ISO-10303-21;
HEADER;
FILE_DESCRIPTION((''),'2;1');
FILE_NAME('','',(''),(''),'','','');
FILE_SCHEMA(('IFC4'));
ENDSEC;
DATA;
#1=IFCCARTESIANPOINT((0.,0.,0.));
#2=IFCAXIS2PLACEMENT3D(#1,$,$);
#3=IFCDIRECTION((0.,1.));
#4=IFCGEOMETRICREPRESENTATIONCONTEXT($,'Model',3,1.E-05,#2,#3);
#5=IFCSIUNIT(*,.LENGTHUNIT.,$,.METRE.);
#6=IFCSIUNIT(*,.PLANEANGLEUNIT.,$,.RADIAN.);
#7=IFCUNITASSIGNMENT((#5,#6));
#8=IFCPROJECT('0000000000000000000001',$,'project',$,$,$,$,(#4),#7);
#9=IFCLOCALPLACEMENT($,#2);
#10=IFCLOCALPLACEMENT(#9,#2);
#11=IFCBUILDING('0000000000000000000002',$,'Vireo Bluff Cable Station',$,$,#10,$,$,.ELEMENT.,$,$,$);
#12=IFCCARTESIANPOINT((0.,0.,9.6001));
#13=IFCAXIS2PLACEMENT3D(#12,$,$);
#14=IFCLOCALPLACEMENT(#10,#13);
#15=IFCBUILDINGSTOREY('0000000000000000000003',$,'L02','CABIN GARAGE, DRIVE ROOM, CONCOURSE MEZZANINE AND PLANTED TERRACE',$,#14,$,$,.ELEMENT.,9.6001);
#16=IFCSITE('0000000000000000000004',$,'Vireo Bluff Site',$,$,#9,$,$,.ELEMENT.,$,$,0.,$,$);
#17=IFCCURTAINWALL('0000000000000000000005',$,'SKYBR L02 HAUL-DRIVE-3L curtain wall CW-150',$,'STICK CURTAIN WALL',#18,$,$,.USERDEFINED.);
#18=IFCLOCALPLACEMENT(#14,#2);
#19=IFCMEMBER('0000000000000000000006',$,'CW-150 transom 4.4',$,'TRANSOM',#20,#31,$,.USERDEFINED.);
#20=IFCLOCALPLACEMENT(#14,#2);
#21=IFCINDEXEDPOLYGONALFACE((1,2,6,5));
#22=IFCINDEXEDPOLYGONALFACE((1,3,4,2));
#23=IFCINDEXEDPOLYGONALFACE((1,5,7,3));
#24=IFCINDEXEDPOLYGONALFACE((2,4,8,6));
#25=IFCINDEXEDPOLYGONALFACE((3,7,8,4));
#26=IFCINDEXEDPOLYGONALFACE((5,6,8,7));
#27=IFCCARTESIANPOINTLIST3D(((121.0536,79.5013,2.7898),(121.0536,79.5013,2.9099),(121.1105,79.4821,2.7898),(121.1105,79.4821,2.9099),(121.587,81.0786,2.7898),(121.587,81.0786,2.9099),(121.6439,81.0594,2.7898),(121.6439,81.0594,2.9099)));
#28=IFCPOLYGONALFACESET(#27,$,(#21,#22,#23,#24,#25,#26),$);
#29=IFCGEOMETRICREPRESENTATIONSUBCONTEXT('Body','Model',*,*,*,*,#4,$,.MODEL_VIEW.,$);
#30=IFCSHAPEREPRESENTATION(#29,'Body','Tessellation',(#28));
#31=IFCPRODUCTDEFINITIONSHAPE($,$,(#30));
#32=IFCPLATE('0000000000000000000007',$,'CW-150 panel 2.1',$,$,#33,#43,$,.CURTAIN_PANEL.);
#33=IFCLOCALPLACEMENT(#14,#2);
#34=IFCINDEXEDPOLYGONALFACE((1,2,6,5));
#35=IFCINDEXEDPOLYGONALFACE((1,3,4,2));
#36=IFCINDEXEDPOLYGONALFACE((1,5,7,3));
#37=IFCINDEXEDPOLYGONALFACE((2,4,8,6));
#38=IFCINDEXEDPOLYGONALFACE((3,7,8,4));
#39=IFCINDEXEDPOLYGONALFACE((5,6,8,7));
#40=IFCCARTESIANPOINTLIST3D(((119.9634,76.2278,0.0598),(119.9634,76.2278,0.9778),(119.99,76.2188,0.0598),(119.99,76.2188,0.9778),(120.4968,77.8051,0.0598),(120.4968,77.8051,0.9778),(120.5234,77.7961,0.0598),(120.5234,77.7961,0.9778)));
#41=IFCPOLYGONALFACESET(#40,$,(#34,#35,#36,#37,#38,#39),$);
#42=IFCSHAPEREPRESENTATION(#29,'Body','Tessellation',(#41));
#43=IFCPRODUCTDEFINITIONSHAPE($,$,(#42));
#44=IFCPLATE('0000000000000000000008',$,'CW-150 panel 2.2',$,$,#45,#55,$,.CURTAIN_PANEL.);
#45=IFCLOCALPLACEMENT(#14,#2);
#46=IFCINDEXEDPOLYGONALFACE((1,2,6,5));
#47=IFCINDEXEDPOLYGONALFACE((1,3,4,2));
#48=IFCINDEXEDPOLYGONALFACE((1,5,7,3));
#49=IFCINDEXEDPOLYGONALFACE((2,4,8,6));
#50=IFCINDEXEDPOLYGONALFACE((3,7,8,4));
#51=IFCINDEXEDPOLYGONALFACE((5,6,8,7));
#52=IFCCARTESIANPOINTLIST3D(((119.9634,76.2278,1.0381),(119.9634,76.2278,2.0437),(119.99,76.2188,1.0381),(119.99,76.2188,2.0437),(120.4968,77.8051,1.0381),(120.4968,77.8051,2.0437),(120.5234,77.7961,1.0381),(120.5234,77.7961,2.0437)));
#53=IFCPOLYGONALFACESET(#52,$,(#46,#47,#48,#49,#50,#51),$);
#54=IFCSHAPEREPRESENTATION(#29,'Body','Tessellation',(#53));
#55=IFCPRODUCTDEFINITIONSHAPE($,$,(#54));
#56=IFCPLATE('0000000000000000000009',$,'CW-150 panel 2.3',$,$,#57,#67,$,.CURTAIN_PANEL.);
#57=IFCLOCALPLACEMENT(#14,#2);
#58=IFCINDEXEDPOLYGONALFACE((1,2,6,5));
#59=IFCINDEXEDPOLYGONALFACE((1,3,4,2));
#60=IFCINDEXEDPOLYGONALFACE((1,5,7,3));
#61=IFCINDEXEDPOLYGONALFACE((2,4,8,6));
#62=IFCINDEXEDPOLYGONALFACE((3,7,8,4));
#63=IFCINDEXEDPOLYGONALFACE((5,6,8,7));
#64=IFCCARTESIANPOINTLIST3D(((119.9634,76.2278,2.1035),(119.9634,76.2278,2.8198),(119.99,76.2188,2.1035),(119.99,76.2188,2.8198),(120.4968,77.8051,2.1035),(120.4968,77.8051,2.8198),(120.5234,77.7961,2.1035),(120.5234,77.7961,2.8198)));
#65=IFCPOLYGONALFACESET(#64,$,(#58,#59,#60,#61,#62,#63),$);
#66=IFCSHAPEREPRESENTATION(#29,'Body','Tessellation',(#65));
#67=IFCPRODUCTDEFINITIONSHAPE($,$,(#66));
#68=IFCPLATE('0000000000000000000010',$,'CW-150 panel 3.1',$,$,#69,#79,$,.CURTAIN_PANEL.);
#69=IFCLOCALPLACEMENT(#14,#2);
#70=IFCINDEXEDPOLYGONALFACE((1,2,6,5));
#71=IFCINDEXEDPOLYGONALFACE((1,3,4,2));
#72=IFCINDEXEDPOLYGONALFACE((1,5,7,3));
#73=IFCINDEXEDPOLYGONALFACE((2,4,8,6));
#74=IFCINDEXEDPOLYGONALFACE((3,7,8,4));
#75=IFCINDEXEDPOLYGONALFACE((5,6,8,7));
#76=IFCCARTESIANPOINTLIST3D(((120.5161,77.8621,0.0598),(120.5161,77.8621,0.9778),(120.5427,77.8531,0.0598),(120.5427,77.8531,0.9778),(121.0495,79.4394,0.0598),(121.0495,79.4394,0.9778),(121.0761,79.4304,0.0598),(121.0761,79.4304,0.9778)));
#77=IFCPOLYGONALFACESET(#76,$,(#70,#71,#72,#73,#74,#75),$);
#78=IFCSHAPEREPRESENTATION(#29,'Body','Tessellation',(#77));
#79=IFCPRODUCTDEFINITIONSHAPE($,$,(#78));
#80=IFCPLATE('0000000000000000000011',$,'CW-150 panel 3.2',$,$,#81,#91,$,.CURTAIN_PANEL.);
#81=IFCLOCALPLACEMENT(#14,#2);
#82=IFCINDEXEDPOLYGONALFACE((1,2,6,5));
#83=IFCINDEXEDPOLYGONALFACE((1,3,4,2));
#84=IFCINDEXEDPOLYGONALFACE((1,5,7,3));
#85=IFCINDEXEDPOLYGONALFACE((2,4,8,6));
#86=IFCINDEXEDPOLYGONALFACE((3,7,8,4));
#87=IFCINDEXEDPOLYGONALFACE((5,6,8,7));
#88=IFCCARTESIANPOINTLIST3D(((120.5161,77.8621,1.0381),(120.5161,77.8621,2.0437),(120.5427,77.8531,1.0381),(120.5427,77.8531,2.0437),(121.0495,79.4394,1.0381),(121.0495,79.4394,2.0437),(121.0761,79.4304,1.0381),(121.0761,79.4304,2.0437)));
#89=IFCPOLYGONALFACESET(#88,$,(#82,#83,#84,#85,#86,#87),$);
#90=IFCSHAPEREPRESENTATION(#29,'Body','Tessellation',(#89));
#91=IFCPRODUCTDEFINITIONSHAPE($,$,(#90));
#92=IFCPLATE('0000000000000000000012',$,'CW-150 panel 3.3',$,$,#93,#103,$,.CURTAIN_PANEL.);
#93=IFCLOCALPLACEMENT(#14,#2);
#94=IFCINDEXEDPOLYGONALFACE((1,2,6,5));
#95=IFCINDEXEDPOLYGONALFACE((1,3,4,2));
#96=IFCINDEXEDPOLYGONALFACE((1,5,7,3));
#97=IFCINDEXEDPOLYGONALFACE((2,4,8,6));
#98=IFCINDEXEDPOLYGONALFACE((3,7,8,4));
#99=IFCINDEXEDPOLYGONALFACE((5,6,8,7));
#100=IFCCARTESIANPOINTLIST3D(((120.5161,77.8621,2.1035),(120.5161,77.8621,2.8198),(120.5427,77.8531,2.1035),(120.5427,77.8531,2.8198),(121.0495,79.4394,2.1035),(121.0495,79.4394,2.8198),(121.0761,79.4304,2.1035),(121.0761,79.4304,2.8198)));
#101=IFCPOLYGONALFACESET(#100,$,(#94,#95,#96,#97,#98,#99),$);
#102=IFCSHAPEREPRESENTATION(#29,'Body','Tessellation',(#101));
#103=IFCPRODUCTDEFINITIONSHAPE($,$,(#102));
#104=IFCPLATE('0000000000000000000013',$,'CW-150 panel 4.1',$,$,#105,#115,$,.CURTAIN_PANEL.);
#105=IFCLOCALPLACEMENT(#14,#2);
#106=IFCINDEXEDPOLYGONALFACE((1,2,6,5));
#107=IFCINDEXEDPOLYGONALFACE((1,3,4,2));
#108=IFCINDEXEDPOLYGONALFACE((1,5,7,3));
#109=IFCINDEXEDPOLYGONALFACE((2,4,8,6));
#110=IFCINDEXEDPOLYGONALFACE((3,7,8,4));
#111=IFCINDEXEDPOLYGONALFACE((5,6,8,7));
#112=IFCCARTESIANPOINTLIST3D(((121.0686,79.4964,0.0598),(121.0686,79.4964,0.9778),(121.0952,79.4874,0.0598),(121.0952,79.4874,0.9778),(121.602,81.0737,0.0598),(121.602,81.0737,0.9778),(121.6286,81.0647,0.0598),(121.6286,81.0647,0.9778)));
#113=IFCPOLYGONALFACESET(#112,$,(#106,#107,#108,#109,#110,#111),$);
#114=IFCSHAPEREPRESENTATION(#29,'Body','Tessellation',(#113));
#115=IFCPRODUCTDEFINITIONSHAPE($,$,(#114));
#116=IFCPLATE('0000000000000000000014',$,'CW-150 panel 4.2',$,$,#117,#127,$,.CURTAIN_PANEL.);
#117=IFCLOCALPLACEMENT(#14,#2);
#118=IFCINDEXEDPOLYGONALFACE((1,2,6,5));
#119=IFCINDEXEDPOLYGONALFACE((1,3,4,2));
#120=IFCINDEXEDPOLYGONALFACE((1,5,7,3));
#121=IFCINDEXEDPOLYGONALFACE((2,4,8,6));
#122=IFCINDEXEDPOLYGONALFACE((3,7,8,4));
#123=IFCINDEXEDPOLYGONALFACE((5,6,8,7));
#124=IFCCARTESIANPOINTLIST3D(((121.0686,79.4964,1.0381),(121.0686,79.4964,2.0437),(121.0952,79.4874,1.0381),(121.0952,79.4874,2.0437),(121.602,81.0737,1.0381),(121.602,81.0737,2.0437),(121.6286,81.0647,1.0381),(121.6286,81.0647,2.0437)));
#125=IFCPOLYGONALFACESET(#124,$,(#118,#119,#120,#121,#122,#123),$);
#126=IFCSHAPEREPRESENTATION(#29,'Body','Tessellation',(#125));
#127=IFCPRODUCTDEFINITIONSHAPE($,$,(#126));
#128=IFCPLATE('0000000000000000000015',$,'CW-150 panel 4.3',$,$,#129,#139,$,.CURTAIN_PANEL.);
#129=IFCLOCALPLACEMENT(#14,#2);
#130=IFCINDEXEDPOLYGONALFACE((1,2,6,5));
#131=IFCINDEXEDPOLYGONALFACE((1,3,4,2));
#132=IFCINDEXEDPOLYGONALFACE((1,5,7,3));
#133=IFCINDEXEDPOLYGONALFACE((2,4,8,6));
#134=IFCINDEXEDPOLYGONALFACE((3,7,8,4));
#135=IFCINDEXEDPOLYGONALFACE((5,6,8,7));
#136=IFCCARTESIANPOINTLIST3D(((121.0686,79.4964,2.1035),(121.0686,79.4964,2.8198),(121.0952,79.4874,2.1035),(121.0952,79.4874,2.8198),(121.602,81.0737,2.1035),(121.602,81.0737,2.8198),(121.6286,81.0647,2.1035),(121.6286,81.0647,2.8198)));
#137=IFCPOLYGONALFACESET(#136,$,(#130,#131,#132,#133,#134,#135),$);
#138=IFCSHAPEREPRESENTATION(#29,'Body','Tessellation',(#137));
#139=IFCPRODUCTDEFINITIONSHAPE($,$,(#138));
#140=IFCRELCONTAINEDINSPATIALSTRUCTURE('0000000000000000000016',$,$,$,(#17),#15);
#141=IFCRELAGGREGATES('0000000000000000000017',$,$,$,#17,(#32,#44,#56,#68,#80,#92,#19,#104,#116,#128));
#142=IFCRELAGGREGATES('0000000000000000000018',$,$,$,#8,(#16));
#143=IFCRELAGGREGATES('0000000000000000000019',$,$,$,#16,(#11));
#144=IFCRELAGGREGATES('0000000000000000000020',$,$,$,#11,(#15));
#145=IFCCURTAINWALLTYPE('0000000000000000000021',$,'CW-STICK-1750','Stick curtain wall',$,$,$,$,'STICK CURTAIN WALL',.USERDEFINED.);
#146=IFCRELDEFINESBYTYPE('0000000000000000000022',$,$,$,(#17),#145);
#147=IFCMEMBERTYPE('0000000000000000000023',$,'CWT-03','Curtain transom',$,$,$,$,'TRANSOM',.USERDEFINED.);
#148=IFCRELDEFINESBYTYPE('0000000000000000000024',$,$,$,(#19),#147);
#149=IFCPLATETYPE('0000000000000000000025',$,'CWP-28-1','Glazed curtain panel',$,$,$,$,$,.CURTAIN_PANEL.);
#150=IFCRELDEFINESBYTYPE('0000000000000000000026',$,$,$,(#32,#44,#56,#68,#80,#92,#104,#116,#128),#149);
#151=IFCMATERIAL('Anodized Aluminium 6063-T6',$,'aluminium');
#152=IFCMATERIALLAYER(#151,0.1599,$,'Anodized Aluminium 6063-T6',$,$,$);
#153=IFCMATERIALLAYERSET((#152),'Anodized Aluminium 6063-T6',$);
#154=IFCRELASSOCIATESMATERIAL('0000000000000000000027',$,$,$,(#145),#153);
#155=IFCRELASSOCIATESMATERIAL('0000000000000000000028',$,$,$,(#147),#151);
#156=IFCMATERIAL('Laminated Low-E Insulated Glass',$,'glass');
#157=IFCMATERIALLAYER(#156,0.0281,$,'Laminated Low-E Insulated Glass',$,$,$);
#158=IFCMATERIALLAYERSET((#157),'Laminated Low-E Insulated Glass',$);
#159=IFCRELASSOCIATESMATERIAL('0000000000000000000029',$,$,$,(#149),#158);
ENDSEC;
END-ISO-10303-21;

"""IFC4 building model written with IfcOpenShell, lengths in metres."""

from ifc_helpers import new_model, si_unit, direction, frame, origin, origin_2d, place, context, subcontext, project, spatial, rectangle, extrude, material, layer, layer_set, material_profile, profile_set, type_object, element, aggregate, save


model = new_model("IFC4")

# Units and contexts
model_context = context("Model", 3, precision=1e-05, world=origin(), true_north=direction((0.0, 1.0)))
body_context = subcontext(model_context, "Body", "Model", "MODEL_VIEW")
ifc_project = project(units=[si_unit("LENGTHUNIT", "METRE"), si_unit("PLANEANGLEUNIT", "RADIAN")], contexts=[model_context])

# Site, building, storey
site_placement = place(None, origin())
site = spatial("IfcSite", under=ifc_project, at=site_placement, Name="Vireo Bluff Site", CompositionType="ELEMENT", RefElevation=0.0)
building_placement = place(site_placement, origin())
building = spatial("IfcBuilding", under=site, at=building_placement, Name="Vireo Bluff Cable Station", CompositionType="ELEMENT")
storey_placement = place(building_placement, frame((0.0, 0.0, 9.6001)))
storey = spatial("IfcBuildingStorey", under=building, at=storey_placement, Name="L02", Description="CABIN GARAGE, DRIVE ROOM, CONCOURSE MEZZANINE AND PLANTED TERRACE", CompositionType="ELEMENT", Elevation=9.6001)

# Curtain wall, member, plates
ifc_material_1 = material(Name="Anodized Aluminium 6063-T6", Category="aluminium")
ifc_layer_1 = layer(ifc_material_1, 0.1599, Name="Anodized Aluminium 6063-T6")
ifc_layer_set_1 = layer_set([ifc_layer_1], Name="Anodized Aluminium 6063-T6")
curtain_wall_type = type_object("IfcCurtainWallType", Name="CW-STICK-1750", Description="Stick curtain wall", ElementType="STICK CURTAIN WALL", PredefinedType="USERDEFINED", material=ifc_layer_set_1)
curtain_wall_placement = place(storey_placement, origin())
curtain_wall = element("IfcCurtainWall", 1, at=curtain_wall_placement, inside=storey, type_object=curtain_wall_type, Name="SKYBR L02 HAUL-DRIVE-3L curtain wall CW-150", ObjectType="STICK CURTAIN WALL", PredefinedType="USERDEFINED")
ifc_material_profile_1 = material_profile(ifc_material_1, rectangle(XDim=0.0601, YDim=0.1201, at=origin_2d()), Name="ALU-T-60X120")
ifc_profile_set_1 = profile_set([ifc_material_profile_1], Name="Anodized Aluminium 6063-T6")
member_type_1 = type_object("IfcMemberType", Name="CWT-03", Description="Curtain transom", ElementType="TRANSOM", PredefinedType="USERDEFINED", material=ifc_profile_set_1)
member_1_placement = place(storey_placement, frame((121.082, 79.4917, 2.8499), z_axis=(0.320359, 0.947296, 0.0), x_axis=(-0.947296, 0.320359, 0.0)))
member_1 = element("IfcMember", 2, at=member_1_placement, type_object=member_type_1, Name="CW-150 transom 4.4", ObjectType="TRANSOM", PredefinedType="USERDEFINED", context=body_context, shape_type="SweptSolid", body=[
    extrude(rectangle(XDim=0.0601, YDim=0.1201, at=origin_2d()), origin(), (0.0, 0.0, 1.0), 1.665),
])
ifc_material_2 = material(Name="Laminated Low-E Insulated Glass", Category="glass")
ifc_layer_2 = layer(ifc_material_2, 0.0281, Name="Laminated Low-E Insulated Glass")
ifc_layer_set_2 = layer_set([ifc_layer_2], Name="Laminated Low-E Insulated Glass")
plate_type = type_object("IfcPlateType", Name="CWP-28-1", Description="Glazed curtain panel", PredefinedType="CURTAIN_PANEL", material=ifc_layer_set_2)
plate_1_placement = place(storey_placement, frame((120.2434, 77.012, 0.0598), z_axis=(0.0, 0.0, 1.0), x_axis=(0.320354, 0.947298, 0.0)))
plate_1 = element("IfcPlate", 3, at=plate_1_placement, type_object=plate_type, Name="CW-150 panel 2.1", PredefinedType="CURTAIN_PANEL", context=body_context, shape_type="SweptSolid", body=[
    extrude(rectangle(XDim=1.665, YDim=0.0281, at=origin_2d()), origin(), (0.0, 0.0, 1.0), 0.918),
])
plate_2_placement = place(storey_placement, frame((120.2434, 77.012, 1.0381), z_axis=(0.0, 0.0, 1.0), x_axis=(0.320354, 0.947298, 0.0)))
plate_2 = element("IfcPlate", 4, at=plate_2_placement, type_object=plate_type, Name="CW-150 panel 2.2", PredefinedType="CURTAIN_PANEL", context=body_context, shape_type="SweptSolid", body=[
    extrude(rectangle(XDim=1.665, YDim=0.0281, at=origin_2d()), origin(), (0.0, 0.0, 1.0), 1.0056),
])
plate_3_placement = place(storey_placement, frame((120.2434, 77.012, 2.1035), z_axis=(0.0, 0.0, 1.0), x_axis=(0.320354, 0.947298, 0.0)))
plate_3 = element("IfcPlate", 5, at=plate_3_placement, type_object=plate_type, Name="CW-150 panel 2.3", PredefinedType="CURTAIN_PANEL", context=body_context, shape_type="SweptSolid", body=[
    extrude(rectangle(XDim=1.665, YDim=0.0281, at=origin_2d()), origin(), (0.0, 0.0, 1.0), 0.7163),
])
plate_4_placement = place(storey_placement, frame((120.7961, 78.6462, 0.0598), z_axis=(0.0, 0.0, 1.0), x_axis=(0.320354, 0.947298, 0.0)))
plate_4 = element("IfcPlate", 6, at=plate_4_placement, type_object=plate_type, Name="CW-150 panel 3.1", PredefinedType="CURTAIN_PANEL", context=body_context, shape_type="SweptSolid", body=[
    extrude(rectangle(XDim=1.665, YDim=0.0281, at=origin_2d()), origin(), (0.0, 0.0, 1.0), 0.918),
])
plate_5_placement = place(storey_placement, frame((120.7961, 78.6462, 1.0381), z_axis=(0.0, 0.0, 1.0), x_axis=(0.320354, 0.947298, 0.0)))
plate_5 = element("IfcPlate", 7, at=plate_5_placement, type_object=plate_type, Name="CW-150 panel 3.2", PredefinedType="CURTAIN_PANEL", context=body_context, shape_type="SweptSolid", body=[
    extrude(rectangle(XDim=1.665, YDim=0.0281, at=origin_2d()), origin(), (0.0, 0.0, 1.0), 1.0056),
])
plate_6_placement = place(storey_placement, frame((120.7961, 78.6462, 2.1035), z_axis=(0.0, 0.0, 1.0), x_axis=(0.320354, 0.947298, 0.0)))
plate_6 = element("IfcPlate", 8, at=plate_6_placement, type_object=plate_type, Name="CW-150 panel 3.3", PredefinedType="CURTAIN_PANEL", context=body_context, shape_type="SweptSolid", body=[
    extrude(rectangle(XDim=1.665, YDim=0.0281, at=origin_2d()), origin(), (0.0, 0.0, 1.0), 0.7163),
])
plate_7_placement = place(storey_placement, frame((121.3486, 80.2805, 0.0598), z_axis=(0.0, 0.0, 1.0), x_axis=(0.320354, 0.947298, 0.0)))
plate_7 = element("IfcPlate", 9, at=plate_7_placement, type_object=plate_type, Name="CW-150 panel 4.1", PredefinedType="CURTAIN_PANEL", context=body_context, shape_type="SweptSolid", body=[
    extrude(rectangle(XDim=1.665, YDim=0.0281, at=origin_2d()), origin(), (0.0, 0.0, 1.0), 0.918),
])
plate_8_placement = place(storey_placement, frame((121.3486, 80.2805, 1.0381), z_axis=(0.0, 0.0, 1.0), x_axis=(0.320354, 0.947298, 0.0)))
plate_8 = element("IfcPlate", 10, at=plate_8_placement, type_object=plate_type, Name="CW-150 panel 4.2", PredefinedType="CURTAIN_PANEL", context=body_context, shape_type="SweptSolid", body=[
    extrude(rectangle(XDim=1.665, YDim=0.0281, at=origin_2d()), origin(), (0.0, 0.0, 1.0), 1.0056),
])
plate_9_placement = place(storey_placement, frame((121.3486, 80.2805, 2.1035), z_axis=(0.0, 0.0, 1.0), x_axis=(0.320354, 0.947298, 0.0)))
plate_9 = element("IfcPlate", 11, at=plate_9_placement, type_object=plate_type, Name="CW-150 panel 4.3", PredefinedType="CURTAIN_PANEL", context=body_context, shape_type="SweptSolid", body=[
    extrude(rectangle(XDim=1.665, YDim=0.0281, at=origin_2d()), origin(), (0.0, 0.0, 1.0), 0.7163),
])
aggregate(curtain_wall, [plate_1, plate_2, plate_3, plate_4, plate_5, plate_6, member_1, plate_7, plate_8, plate_9])

save(model, "model.ifc")
